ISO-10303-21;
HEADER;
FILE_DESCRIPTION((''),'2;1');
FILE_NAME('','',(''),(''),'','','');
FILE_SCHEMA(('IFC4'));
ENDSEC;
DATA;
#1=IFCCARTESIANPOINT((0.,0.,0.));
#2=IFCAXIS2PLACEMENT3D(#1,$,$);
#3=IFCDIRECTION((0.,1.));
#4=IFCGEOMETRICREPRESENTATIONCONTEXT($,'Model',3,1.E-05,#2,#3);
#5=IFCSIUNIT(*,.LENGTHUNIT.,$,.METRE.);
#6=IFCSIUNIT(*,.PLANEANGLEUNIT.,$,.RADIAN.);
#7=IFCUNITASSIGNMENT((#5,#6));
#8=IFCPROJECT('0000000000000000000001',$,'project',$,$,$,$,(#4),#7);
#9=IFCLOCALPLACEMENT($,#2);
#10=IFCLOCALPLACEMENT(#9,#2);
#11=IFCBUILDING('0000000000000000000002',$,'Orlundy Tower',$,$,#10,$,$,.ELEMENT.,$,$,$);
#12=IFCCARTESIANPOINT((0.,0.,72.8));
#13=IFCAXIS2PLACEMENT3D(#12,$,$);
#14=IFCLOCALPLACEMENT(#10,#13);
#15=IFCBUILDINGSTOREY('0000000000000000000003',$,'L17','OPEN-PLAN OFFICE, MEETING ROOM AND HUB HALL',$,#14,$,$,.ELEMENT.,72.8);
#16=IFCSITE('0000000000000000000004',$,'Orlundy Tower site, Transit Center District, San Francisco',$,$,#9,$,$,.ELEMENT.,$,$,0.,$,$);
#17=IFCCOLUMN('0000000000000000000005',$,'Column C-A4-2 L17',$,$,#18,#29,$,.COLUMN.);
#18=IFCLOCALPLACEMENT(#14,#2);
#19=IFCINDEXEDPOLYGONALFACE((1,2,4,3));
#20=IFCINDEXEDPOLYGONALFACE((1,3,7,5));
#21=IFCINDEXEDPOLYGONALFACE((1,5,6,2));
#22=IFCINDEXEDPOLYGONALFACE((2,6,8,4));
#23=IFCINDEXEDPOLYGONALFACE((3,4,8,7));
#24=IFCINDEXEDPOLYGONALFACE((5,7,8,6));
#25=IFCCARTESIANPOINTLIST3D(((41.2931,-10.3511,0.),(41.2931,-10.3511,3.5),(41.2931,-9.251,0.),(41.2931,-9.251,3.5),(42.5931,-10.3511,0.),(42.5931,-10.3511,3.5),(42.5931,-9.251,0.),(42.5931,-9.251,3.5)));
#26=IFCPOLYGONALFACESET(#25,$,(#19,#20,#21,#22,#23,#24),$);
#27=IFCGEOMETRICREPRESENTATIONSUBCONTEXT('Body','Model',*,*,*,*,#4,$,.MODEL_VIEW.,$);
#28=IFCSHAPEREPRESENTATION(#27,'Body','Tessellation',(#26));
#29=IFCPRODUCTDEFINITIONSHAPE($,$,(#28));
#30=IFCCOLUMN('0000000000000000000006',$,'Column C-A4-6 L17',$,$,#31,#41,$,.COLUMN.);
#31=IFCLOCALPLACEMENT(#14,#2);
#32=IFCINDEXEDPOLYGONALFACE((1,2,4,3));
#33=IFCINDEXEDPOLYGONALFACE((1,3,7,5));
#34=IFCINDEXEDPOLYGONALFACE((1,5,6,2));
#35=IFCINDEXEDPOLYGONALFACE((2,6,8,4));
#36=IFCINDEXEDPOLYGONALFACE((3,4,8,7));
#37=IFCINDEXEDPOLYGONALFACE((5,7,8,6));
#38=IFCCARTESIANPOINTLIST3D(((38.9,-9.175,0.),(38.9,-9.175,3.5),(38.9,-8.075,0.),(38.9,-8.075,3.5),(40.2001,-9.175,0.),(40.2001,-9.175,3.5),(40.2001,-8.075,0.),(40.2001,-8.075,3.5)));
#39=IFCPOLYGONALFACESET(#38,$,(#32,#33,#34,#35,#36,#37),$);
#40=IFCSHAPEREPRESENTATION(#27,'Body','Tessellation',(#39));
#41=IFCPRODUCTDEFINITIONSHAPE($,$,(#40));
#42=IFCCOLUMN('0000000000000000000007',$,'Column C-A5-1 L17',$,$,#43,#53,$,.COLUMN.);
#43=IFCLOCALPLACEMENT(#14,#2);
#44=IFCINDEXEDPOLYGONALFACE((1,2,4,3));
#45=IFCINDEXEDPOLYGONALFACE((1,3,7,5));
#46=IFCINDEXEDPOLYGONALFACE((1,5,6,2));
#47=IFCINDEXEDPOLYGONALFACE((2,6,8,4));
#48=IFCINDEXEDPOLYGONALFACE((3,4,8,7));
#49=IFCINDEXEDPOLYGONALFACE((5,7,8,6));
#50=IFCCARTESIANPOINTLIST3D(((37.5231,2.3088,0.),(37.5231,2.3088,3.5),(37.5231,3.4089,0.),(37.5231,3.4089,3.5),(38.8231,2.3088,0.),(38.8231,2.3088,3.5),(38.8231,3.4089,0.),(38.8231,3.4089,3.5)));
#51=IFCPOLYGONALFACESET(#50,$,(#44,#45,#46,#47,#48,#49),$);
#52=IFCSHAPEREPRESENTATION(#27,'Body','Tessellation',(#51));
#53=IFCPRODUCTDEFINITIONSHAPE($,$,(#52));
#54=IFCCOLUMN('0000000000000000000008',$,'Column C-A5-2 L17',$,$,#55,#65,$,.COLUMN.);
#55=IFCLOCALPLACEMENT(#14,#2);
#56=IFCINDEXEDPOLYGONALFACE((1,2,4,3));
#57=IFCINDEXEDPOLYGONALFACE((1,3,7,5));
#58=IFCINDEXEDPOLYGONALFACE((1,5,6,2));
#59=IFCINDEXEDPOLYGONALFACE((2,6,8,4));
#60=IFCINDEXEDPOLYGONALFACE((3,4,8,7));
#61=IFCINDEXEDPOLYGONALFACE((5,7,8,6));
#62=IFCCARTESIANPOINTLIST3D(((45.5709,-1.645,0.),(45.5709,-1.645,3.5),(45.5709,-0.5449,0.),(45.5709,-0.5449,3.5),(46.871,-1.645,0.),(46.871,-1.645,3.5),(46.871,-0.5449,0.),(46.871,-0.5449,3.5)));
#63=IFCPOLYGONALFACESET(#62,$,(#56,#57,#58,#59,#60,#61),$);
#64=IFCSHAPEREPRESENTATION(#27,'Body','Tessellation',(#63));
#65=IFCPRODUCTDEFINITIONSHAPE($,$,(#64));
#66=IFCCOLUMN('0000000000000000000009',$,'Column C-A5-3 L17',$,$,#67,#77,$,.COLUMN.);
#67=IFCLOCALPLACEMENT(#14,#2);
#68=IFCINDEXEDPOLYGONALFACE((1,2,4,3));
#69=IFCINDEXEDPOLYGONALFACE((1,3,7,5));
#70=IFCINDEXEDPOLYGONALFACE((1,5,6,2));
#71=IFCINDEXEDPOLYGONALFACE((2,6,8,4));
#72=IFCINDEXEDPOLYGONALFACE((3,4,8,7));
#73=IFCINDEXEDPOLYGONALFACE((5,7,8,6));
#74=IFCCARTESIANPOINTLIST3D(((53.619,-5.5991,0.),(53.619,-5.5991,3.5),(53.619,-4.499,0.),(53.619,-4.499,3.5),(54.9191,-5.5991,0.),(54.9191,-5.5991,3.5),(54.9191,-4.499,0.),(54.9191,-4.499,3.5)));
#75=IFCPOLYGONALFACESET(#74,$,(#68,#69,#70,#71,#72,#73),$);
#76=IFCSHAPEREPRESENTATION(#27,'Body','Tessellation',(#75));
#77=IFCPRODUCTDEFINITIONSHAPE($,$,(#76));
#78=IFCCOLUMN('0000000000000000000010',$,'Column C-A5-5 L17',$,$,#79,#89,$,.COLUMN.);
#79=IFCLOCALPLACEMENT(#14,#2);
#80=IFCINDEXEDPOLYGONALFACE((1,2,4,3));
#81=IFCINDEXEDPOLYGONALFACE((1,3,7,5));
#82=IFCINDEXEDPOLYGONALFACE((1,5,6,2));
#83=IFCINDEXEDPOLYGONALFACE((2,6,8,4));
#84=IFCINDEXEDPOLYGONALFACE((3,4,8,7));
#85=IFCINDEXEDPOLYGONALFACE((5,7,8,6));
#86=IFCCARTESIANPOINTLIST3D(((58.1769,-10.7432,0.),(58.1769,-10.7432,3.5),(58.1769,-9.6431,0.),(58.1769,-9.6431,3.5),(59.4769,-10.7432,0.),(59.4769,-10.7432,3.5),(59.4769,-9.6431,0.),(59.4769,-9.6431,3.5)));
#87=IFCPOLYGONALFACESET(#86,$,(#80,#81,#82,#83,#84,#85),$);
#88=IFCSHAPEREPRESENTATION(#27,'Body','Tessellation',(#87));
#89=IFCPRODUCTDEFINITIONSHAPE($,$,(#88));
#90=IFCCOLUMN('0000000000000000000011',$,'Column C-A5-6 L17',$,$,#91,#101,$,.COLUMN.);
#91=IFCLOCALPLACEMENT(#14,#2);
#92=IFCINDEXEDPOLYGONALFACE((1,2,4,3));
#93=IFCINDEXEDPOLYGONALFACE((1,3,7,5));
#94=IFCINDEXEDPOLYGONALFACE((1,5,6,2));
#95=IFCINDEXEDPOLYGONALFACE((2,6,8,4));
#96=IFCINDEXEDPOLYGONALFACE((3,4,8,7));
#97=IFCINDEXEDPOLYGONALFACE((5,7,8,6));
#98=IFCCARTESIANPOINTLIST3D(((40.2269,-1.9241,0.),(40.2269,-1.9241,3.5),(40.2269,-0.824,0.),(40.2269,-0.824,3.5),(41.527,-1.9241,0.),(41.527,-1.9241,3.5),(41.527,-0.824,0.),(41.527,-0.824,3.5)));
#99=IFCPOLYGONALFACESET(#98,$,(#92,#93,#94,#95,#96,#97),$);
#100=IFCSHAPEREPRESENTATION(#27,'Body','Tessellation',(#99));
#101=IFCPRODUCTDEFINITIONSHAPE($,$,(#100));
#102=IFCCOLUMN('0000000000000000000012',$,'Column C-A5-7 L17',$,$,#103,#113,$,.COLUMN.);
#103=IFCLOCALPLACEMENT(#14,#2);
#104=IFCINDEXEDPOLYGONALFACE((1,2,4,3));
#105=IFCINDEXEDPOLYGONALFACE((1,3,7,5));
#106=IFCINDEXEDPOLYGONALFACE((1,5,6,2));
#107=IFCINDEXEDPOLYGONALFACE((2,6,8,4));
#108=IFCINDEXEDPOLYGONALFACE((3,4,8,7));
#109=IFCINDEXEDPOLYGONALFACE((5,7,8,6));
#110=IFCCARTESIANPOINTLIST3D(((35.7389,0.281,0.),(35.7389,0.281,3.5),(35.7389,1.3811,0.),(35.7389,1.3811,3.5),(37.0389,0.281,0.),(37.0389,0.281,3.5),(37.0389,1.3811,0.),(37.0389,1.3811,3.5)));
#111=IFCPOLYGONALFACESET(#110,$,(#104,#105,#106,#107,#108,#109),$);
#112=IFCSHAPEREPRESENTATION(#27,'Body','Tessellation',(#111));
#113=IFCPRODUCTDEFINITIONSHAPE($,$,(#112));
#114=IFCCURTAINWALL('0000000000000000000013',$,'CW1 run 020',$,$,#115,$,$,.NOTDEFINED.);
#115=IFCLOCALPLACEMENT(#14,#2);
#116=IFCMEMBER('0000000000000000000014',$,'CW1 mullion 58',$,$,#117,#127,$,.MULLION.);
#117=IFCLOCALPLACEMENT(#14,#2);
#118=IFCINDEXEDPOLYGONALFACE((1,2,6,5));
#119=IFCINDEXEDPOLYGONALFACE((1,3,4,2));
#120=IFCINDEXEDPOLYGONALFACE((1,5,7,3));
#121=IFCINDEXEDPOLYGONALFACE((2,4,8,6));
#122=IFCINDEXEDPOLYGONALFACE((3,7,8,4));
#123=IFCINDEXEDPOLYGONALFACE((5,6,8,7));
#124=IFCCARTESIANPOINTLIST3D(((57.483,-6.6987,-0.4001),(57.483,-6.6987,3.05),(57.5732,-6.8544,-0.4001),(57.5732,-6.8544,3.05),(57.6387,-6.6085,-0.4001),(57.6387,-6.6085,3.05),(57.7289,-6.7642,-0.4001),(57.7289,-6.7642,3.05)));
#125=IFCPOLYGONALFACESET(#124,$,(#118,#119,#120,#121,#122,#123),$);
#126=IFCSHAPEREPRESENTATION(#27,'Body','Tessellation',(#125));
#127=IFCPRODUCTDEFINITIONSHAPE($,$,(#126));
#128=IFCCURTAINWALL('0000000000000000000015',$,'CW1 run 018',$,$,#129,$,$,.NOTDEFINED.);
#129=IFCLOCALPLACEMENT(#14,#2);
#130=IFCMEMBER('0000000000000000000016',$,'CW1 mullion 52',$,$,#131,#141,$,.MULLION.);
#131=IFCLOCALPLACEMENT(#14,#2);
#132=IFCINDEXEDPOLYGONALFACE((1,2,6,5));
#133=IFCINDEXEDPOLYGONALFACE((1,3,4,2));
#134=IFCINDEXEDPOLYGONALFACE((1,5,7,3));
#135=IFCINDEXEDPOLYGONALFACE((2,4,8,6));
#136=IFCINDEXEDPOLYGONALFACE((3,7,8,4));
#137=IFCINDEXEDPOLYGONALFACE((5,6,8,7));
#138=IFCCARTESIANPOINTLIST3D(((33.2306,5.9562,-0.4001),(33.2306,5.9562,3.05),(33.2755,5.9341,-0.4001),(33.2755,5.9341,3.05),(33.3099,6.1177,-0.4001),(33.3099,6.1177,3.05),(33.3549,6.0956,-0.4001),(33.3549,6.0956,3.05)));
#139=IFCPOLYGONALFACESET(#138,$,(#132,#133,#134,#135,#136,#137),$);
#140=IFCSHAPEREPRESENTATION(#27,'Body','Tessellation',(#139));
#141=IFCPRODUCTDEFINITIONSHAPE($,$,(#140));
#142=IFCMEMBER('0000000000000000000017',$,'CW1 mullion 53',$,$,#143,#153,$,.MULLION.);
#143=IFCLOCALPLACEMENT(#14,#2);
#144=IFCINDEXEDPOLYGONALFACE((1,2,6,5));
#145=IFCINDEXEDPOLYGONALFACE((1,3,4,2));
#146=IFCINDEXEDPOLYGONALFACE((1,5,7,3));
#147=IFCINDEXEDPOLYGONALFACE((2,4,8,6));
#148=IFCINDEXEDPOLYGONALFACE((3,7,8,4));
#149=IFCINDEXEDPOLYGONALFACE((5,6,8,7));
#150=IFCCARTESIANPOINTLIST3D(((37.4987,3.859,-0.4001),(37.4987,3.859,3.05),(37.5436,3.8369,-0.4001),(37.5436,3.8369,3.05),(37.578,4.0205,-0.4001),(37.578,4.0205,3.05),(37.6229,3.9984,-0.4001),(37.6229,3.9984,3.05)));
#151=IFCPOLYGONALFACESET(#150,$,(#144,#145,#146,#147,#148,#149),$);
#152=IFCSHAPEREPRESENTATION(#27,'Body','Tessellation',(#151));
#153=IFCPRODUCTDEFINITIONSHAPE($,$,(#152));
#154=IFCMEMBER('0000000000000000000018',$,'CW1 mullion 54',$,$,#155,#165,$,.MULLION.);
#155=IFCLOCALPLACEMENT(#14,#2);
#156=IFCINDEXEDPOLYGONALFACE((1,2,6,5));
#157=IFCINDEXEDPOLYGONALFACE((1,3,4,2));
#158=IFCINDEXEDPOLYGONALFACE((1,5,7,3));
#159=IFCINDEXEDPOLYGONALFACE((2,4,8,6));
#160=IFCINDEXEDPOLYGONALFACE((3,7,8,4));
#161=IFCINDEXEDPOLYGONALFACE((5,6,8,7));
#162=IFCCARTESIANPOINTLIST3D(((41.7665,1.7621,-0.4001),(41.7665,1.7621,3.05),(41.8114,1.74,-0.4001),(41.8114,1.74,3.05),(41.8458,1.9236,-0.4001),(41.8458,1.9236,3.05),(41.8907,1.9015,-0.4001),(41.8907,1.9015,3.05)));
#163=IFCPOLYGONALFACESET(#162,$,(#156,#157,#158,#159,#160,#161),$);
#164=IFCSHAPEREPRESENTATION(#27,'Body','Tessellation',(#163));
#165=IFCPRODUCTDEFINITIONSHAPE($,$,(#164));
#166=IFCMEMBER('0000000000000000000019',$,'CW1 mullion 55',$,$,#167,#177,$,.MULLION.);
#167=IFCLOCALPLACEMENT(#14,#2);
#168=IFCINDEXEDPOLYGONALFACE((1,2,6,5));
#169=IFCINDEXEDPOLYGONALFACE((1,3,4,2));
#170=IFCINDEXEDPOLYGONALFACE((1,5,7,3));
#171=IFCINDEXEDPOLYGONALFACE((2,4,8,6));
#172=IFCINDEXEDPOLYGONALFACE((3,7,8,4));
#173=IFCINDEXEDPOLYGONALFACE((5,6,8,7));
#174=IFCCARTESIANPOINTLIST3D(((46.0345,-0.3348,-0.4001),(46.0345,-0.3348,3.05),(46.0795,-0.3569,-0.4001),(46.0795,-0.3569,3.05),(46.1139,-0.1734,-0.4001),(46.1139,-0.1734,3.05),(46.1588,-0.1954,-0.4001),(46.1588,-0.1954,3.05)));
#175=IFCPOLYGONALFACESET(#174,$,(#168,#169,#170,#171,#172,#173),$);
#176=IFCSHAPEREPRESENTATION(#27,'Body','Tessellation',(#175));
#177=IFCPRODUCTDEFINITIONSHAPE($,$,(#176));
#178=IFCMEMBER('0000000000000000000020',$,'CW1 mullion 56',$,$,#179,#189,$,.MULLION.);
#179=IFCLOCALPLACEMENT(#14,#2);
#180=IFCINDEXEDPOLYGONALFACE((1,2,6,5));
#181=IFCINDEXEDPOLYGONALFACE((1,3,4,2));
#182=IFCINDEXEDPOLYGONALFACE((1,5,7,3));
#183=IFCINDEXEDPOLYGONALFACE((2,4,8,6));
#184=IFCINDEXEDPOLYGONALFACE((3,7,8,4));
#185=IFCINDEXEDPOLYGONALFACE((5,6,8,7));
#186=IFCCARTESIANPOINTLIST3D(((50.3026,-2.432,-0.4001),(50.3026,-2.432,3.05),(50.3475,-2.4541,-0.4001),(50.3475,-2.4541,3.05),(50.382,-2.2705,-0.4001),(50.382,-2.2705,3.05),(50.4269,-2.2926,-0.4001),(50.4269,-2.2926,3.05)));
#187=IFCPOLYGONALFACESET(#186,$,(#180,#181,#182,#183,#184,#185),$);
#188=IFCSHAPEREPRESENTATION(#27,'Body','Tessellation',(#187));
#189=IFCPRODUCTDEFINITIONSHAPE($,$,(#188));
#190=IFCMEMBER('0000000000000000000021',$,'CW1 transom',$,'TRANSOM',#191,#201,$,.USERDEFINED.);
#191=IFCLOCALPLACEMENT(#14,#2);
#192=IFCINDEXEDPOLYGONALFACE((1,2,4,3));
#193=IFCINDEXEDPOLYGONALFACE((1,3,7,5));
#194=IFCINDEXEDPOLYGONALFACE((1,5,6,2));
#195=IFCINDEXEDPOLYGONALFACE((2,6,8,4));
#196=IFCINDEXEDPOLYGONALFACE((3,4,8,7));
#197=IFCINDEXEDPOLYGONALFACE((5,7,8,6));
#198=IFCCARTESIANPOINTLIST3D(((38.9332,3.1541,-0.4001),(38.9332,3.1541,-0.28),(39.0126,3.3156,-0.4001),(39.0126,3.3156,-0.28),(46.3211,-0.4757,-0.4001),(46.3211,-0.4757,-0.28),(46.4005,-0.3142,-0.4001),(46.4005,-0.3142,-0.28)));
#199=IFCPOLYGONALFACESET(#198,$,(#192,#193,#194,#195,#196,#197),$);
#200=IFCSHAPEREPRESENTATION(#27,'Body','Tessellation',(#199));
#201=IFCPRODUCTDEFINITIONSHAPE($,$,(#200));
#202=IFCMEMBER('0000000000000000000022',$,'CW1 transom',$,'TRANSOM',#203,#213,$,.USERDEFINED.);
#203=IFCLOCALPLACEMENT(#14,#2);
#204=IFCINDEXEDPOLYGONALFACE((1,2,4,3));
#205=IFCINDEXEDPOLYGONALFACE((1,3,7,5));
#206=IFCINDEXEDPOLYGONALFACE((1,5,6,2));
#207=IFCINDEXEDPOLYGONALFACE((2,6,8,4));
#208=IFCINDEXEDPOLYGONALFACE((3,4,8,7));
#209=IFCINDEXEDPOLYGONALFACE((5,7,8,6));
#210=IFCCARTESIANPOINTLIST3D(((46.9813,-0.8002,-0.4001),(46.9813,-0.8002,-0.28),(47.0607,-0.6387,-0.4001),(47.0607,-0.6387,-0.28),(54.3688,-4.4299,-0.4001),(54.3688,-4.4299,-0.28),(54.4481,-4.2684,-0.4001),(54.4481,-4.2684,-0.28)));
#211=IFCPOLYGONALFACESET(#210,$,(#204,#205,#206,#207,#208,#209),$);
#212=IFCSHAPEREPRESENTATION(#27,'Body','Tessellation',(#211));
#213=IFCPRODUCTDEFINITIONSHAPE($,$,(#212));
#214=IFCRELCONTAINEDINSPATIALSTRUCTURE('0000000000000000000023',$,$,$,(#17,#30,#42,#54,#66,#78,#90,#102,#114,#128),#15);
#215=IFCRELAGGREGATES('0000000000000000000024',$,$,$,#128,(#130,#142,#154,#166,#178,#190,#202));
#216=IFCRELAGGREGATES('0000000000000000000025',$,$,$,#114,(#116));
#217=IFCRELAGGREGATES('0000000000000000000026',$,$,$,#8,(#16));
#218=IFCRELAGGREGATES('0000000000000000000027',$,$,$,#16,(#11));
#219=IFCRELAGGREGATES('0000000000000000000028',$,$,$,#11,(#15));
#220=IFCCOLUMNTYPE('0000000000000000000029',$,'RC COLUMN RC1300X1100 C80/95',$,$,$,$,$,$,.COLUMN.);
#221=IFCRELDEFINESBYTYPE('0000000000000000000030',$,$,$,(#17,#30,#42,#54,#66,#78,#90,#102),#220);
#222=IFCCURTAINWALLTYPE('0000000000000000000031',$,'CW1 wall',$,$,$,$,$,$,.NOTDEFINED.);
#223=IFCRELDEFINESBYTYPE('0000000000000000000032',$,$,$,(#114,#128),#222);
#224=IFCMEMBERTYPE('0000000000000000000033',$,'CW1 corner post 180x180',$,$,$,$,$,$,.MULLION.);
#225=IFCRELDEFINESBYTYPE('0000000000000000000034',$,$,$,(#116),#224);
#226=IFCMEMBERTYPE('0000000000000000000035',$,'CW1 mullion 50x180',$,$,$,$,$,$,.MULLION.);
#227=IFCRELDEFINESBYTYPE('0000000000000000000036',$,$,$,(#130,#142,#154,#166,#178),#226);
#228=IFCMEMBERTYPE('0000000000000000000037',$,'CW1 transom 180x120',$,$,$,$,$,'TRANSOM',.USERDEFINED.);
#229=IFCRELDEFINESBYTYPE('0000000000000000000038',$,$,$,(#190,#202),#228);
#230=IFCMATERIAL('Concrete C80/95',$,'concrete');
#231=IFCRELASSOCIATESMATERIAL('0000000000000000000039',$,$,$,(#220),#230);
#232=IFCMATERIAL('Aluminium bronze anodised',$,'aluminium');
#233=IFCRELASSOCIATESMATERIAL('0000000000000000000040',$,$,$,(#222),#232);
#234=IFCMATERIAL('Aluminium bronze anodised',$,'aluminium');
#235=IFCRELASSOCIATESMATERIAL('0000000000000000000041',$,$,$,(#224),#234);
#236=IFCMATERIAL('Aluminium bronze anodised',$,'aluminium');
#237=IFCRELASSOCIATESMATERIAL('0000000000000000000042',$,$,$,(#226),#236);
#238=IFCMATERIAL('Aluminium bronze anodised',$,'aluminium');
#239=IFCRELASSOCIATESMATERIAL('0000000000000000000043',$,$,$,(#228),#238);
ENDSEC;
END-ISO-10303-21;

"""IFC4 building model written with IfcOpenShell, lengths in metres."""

from ifc_helpers import new_model, si_unit, direction, frame, origin, origin_2d, place, context, subcontext, project, spatial, rectangle, extrude, material, material_profile, profile_set, type_object, element, aggregate, save


model = new_model("IFC4")

# Units and contexts
model_context = context("Model", 3, precision=1e-05, world=origin(), true_north=direction((0.0, 1.0)))
body_context = subcontext(model_context, "Body", "Model", "MODEL_VIEW")
ifc_project = project(units=[si_unit("LENGTHUNIT", "METRE"), si_unit("PLANEANGLEUNIT", "RADIAN")], contexts=[model_context])

# Site, building, storey
site_placement = place(None, origin())
site = spatial("IfcSite", under=ifc_project, at=site_placement, Name="Orlundy Tower site, Transit Center District, San Francisco", CompositionType="ELEMENT", RefElevation=0.0)
building_placement = place(site_placement, origin())
building = spatial("IfcBuilding", under=site, at=building_placement, Name="Orlundy Tower", CompositionType="ELEMENT")
storey_placement = place(building_placement, frame((0.0, 0.0, 72.8)))
storey = spatial("IfcBuildingStorey", under=building, at=storey_placement, Name="L17", Description="OPEN-PLAN OFFICE, MEETING ROOM AND HUB HALL", CompositionType="ELEMENT", Elevation=72.8)

# Columns
ifc_material_1 = material(Name="Concrete C80/95", Category="concrete")
ifc_material_profile_1 = material_profile(ifc_material_1, rectangle(XDim=1.3, YDim=1.1001, at=origin_2d()), Name="RC1300X1100")
ifc_profile_set_1 = profile_set([ifc_material_profile_1], Name="Concrete C80/95")
column_type = type_object("IfcColumnType", Name="RC COLUMN RC1300X1100 C80/95", PredefinedType="COLUMN", material=ifc_profile_set_1)
for number, where, z_axis, x_axis, name in (
    (1, (41.9431, -9.801, 0.0), (0.0, 0.0, 1.0), (1.0, 0.0, 0.0), "Column C-A4-2 L17"),
    (2, (39.55, -8.625, 0.0), (0.0, 0.0, 1.0), (1.0, 0.0, 0.0), "Column C-A4-6 L17"),
    (3, (38.1731, 2.8589, 0.0), (0.0, 0.0, 1.0), (1.0, 0.0, 0.0), "Column C-A5-1 L17"),
    (4, (46.2209, -1.095, 0.0), (0.0, 0.0, 1.0), (1.0, 0.0, 0.0), "Column C-A5-2 L17"),
    (5, (54.269, -5.0491, 0.0), (0.0, 0.0, 1.0), (1.0, 0.0, 0.0), "Column C-A5-3 L17"),
    (6, (58.8269, -10.1931, 0.0), (0.0, 0.0, 1.0), (1.0, 0.0, 0.0), "Column C-A5-5 L17"),
    (7, (40.877, -1.374, 0.0), (0.0, 0.0, 1.0), (1.0, 0.0, 0.0), "Column C-A5-6 L17"),
    (8, (36.3889, 0.8311, 0.0), (0.0, 0.0, 1.0), (1.0, 0.0, 0.0), "Column C-A5-7 L17"),
):
    element("IfcColumn", number, at=place(storey_placement, frame(where, z_axis=z_axis, x_axis=x_axis)), inside=storey, type_object=column_type, Name=name, PredefinedType="COLUMN", context=body_context, shape_type="SweptSolid", body=[
        extrude(rectangle(XDim=1.3, YDim=1.1001, at=origin_2d()), origin(), (0.0, 0.0, 1.0), 3.5),
    ])

# Curtain wall, member
ifc_material_2 = material(Name="Aluminium bronze anodised", Category="aluminium")
curtain_wall_type = type_object("IfcCurtainWallType", Name="CW1 wall", PredefinedType="NOTDEFINED", material=ifc_material_2)
curtain_wall_1_placement = place(storey_placement, origin())
curtain_wall_1 = element("IfcCurtainWall", 9, at=curtain_wall_1_placement, inside=storey, type_object=curtain_wall_type, Name="CW1 run 020", PredefinedType="NOTDEFINED")
ifc_material_3 = material(Name="Aluminium bronze anodised", Category="aluminium")
ifc_material_profile_2 = material_profile(ifc_material_3, rectangle(XDim=0.1799, YDim=0.1799, at=origin_2d()), Name="CW1 corner post 180x180")
ifc_profile_set_2 = profile_set([ifc_material_profile_2], Name="Aluminium bronze anodised")
member_type_1 = type_object("IfcMemberType", Name="CW1 corner post 180x180", PredefinedType="MULLION", material=ifc_profile_set_2)
member_1_placement = place(storey_placement, frame((57.606, -6.7314, -0.4001), z_axis=(0.0, 0.0, 1.0), x_axis=(0.86534, 0.501185, 0.0)))
member_1 = element("IfcMember", 10, at=member_1_placement, type_object=member_type_1, Name="CW1 mullion 58", PredefinedType="MULLION", context=body_context, shape_type="SweptSolid", body=[
    extrude(rectangle(XDim=0.1799, YDim=0.1799, at=origin_2d()), origin(), (0.0, 0.0, 1.0), 3.4502),
])

# Curtain wall, members
curtain_wall_2_placement = place(storey_placement, origin())
curtain_wall_2 = element("IfcCurtainWall", 11, at=curtain_wall_2_placement, inside=storey, type_object=curtain_wall_type, Name="CW1 run 018", PredefinedType="NOTDEFINED")
ifc_material_4 = material(Name="Aluminium bronze anodised", Category="aluminium")
ifc_material_profile_3 = material_profile(ifc_material_4, rectangle(XDim=0.1799, YDim=0.05, at=origin_2d()), Name="CW1 mullion 50x180")
ifc_profile_set_3 = profile_set([ifc_material_profile_3], Name="Aluminium bronze anodised")
member_type_2 = type_object("IfcMemberType", Name="CW1 mullion 50x180", PredefinedType="MULLION", material=ifc_profile_set_3)
member_2_placement = place(storey_placement, frame((33.2927, 6.0259, -0.4001), z_axis=(0.0, 0.0, 1.0), x_axis=(0.440978, 0.897518, 0.0)))
member_2 = element("IfcMember", 12, at=member_2_placement, type_object=member_type_2, Name="CW1 mullion 52", PredefinedType="MULLION", context=body_context, shape_type="SweptSolid", body=[
    extrude(rectangle(XDim=0.1799, YDim=0.05, at=origin_2d()), origin(), (0.0, 0.0, 1.0), 3.4502),
])
member_3_placement = place(storey_placement, frame((37.5608, 3.9287, -0.4001), z_axis=(0.0, 0.0, 1.0), x_axis=(0.440978, 0.897518, 0.0)))
member_3 = element("IfcMember", 13, at=member_3_placement, type_object=member_type_2, Name="CW1 mullion 53", PredefinedType="MULLION", context=body_context, shape_type="SweptSolid", body=[
    extrude(rectangle(XDim=0.1799, YDim=0.05, at=origin_2d()), origin(), (0.0, 0.0, 1.0), 3.4502),
])
member_4_placement = place(storey_placement, frame((41.8286, 1.8318, -0.4001), z_axis=(0.0, 0.0, 1.0), x_axis=(0.440978, 0.897518, 0.0)))
member_4 = element("IfcMember", 14, at=member_4_placement, type_object=member_type_2, Name="CW1 mullion 54", PredefinedType="MULLION", context=body_context, shape_type="SweptSolid", body=[
    extrude(rectangle(XDim=0.1799, YDim=0.05, at=origin_2d()), origin(), (0.0, 0.0, 1.0), 3.4502),
])
member_5_placement = place(storey_placement, frame((46.0967, -0.2651, -0.4001), z_axis=(0.0, 0.0, 1.0), x_axis=(0.440978, 0.897518, 0.0)))
member_5 = element("IfcMember", 15, at=member_5_placement, type_object=member_type_2, Name="CW1 mullion 55", PredefinedType="MULLION", context=body_context, shape_type="SweptSolid", body=[
    extrude(rectangle(XDim=0.1799, YDim=0.05, at=origin_2d()), origin(), (0.0, 0.0, 1.0), 3.4502),
])
member_6_placement = place(storey_placement, frame((50.3647, -2.3623, -0.4001), z_axis=(0.0, 0.0, 1.0), x_axis=(0.440978, 0.897518, 0.0)))
member_6 = element("IfcMember", 16, at=member_6_placement, type_object=member_type_2, Name="CW1 mullion 56", PredefinedType="MULLION", context=body_context, shape_type="SweptSolid", body=[
    extrude(rectangle(XDim=0.1799, YDim=0.05, at=origin_2d()), origin(), (0.0, 0.0, 1.0), 3.4502),
])
ifc_material_5 = material(Name="Aluminium bronze anodised", Category="aluminium")
ifc_material_profile_4 = material_profile(ifc_material_5, rectangle(XDim=0.1799, YDim=0.1201, at=origin_2d()), Name="CW1 transom 180x120")
ifc_profile_set_4 = profile_set([ifc_material_profile_4], Name="Aluminium bronze anodised")
member_type_3 = type_object("IfcMemberType", Name="CW1 transom 180x120", ElementType="TRANSOM", PredefinedType="USERDEFINED", material=ifc_profile_set_4)
member_7_placement = place(storey_placement, frame((38.9729, 3.2349, -0.3401), z_axis=(0.89752, -0.440974, 0.0), x_axis=(0.440974, 0.89752, 0.0)))
member_7 = element("IfcMember", 17, at=member_7_placement, type_object=member_type_3, Name="CW1 transom", ObjectType="TRANSOM", PredefinedType="USERDEFINED", context=body_context, shape_type="SweptSolid", body=[
    extrude(rectangle(XDim=0.1799, YDim=0.1201, at=origin_2d()), origin(), (0.0, 0.0, 1.0), 8.2314),
])
member_8_placement = place(storey_placement, frame((47.021, -0.7195, -0.3401), z_axis=(0.89752, -0.440974, 0.0), x_axis=(0.440974, 0.89752, 0.0)))
member_8 = element("IfcMember", 18, at=member_8_placement, type_object=member_type_3, Name="CW1 transom", ObjectType="TRANSOM", PredefinedType="USERDEFINED", context=body_context, shape_type="SweptSolid", body=[
    extrude(rectangle(XDim=0.1799, YDim=0.1201, at=origin_2d()), origin(), (0.0, 0.0, 1.0), 8.231),
])

aggregate(curtain_wall_2, [member_2, member_3, member_4, member_5, member_6, member_7, member_8])
aggregate(curtain_wall_1, [member_1])

save(model, "model.ifc")
